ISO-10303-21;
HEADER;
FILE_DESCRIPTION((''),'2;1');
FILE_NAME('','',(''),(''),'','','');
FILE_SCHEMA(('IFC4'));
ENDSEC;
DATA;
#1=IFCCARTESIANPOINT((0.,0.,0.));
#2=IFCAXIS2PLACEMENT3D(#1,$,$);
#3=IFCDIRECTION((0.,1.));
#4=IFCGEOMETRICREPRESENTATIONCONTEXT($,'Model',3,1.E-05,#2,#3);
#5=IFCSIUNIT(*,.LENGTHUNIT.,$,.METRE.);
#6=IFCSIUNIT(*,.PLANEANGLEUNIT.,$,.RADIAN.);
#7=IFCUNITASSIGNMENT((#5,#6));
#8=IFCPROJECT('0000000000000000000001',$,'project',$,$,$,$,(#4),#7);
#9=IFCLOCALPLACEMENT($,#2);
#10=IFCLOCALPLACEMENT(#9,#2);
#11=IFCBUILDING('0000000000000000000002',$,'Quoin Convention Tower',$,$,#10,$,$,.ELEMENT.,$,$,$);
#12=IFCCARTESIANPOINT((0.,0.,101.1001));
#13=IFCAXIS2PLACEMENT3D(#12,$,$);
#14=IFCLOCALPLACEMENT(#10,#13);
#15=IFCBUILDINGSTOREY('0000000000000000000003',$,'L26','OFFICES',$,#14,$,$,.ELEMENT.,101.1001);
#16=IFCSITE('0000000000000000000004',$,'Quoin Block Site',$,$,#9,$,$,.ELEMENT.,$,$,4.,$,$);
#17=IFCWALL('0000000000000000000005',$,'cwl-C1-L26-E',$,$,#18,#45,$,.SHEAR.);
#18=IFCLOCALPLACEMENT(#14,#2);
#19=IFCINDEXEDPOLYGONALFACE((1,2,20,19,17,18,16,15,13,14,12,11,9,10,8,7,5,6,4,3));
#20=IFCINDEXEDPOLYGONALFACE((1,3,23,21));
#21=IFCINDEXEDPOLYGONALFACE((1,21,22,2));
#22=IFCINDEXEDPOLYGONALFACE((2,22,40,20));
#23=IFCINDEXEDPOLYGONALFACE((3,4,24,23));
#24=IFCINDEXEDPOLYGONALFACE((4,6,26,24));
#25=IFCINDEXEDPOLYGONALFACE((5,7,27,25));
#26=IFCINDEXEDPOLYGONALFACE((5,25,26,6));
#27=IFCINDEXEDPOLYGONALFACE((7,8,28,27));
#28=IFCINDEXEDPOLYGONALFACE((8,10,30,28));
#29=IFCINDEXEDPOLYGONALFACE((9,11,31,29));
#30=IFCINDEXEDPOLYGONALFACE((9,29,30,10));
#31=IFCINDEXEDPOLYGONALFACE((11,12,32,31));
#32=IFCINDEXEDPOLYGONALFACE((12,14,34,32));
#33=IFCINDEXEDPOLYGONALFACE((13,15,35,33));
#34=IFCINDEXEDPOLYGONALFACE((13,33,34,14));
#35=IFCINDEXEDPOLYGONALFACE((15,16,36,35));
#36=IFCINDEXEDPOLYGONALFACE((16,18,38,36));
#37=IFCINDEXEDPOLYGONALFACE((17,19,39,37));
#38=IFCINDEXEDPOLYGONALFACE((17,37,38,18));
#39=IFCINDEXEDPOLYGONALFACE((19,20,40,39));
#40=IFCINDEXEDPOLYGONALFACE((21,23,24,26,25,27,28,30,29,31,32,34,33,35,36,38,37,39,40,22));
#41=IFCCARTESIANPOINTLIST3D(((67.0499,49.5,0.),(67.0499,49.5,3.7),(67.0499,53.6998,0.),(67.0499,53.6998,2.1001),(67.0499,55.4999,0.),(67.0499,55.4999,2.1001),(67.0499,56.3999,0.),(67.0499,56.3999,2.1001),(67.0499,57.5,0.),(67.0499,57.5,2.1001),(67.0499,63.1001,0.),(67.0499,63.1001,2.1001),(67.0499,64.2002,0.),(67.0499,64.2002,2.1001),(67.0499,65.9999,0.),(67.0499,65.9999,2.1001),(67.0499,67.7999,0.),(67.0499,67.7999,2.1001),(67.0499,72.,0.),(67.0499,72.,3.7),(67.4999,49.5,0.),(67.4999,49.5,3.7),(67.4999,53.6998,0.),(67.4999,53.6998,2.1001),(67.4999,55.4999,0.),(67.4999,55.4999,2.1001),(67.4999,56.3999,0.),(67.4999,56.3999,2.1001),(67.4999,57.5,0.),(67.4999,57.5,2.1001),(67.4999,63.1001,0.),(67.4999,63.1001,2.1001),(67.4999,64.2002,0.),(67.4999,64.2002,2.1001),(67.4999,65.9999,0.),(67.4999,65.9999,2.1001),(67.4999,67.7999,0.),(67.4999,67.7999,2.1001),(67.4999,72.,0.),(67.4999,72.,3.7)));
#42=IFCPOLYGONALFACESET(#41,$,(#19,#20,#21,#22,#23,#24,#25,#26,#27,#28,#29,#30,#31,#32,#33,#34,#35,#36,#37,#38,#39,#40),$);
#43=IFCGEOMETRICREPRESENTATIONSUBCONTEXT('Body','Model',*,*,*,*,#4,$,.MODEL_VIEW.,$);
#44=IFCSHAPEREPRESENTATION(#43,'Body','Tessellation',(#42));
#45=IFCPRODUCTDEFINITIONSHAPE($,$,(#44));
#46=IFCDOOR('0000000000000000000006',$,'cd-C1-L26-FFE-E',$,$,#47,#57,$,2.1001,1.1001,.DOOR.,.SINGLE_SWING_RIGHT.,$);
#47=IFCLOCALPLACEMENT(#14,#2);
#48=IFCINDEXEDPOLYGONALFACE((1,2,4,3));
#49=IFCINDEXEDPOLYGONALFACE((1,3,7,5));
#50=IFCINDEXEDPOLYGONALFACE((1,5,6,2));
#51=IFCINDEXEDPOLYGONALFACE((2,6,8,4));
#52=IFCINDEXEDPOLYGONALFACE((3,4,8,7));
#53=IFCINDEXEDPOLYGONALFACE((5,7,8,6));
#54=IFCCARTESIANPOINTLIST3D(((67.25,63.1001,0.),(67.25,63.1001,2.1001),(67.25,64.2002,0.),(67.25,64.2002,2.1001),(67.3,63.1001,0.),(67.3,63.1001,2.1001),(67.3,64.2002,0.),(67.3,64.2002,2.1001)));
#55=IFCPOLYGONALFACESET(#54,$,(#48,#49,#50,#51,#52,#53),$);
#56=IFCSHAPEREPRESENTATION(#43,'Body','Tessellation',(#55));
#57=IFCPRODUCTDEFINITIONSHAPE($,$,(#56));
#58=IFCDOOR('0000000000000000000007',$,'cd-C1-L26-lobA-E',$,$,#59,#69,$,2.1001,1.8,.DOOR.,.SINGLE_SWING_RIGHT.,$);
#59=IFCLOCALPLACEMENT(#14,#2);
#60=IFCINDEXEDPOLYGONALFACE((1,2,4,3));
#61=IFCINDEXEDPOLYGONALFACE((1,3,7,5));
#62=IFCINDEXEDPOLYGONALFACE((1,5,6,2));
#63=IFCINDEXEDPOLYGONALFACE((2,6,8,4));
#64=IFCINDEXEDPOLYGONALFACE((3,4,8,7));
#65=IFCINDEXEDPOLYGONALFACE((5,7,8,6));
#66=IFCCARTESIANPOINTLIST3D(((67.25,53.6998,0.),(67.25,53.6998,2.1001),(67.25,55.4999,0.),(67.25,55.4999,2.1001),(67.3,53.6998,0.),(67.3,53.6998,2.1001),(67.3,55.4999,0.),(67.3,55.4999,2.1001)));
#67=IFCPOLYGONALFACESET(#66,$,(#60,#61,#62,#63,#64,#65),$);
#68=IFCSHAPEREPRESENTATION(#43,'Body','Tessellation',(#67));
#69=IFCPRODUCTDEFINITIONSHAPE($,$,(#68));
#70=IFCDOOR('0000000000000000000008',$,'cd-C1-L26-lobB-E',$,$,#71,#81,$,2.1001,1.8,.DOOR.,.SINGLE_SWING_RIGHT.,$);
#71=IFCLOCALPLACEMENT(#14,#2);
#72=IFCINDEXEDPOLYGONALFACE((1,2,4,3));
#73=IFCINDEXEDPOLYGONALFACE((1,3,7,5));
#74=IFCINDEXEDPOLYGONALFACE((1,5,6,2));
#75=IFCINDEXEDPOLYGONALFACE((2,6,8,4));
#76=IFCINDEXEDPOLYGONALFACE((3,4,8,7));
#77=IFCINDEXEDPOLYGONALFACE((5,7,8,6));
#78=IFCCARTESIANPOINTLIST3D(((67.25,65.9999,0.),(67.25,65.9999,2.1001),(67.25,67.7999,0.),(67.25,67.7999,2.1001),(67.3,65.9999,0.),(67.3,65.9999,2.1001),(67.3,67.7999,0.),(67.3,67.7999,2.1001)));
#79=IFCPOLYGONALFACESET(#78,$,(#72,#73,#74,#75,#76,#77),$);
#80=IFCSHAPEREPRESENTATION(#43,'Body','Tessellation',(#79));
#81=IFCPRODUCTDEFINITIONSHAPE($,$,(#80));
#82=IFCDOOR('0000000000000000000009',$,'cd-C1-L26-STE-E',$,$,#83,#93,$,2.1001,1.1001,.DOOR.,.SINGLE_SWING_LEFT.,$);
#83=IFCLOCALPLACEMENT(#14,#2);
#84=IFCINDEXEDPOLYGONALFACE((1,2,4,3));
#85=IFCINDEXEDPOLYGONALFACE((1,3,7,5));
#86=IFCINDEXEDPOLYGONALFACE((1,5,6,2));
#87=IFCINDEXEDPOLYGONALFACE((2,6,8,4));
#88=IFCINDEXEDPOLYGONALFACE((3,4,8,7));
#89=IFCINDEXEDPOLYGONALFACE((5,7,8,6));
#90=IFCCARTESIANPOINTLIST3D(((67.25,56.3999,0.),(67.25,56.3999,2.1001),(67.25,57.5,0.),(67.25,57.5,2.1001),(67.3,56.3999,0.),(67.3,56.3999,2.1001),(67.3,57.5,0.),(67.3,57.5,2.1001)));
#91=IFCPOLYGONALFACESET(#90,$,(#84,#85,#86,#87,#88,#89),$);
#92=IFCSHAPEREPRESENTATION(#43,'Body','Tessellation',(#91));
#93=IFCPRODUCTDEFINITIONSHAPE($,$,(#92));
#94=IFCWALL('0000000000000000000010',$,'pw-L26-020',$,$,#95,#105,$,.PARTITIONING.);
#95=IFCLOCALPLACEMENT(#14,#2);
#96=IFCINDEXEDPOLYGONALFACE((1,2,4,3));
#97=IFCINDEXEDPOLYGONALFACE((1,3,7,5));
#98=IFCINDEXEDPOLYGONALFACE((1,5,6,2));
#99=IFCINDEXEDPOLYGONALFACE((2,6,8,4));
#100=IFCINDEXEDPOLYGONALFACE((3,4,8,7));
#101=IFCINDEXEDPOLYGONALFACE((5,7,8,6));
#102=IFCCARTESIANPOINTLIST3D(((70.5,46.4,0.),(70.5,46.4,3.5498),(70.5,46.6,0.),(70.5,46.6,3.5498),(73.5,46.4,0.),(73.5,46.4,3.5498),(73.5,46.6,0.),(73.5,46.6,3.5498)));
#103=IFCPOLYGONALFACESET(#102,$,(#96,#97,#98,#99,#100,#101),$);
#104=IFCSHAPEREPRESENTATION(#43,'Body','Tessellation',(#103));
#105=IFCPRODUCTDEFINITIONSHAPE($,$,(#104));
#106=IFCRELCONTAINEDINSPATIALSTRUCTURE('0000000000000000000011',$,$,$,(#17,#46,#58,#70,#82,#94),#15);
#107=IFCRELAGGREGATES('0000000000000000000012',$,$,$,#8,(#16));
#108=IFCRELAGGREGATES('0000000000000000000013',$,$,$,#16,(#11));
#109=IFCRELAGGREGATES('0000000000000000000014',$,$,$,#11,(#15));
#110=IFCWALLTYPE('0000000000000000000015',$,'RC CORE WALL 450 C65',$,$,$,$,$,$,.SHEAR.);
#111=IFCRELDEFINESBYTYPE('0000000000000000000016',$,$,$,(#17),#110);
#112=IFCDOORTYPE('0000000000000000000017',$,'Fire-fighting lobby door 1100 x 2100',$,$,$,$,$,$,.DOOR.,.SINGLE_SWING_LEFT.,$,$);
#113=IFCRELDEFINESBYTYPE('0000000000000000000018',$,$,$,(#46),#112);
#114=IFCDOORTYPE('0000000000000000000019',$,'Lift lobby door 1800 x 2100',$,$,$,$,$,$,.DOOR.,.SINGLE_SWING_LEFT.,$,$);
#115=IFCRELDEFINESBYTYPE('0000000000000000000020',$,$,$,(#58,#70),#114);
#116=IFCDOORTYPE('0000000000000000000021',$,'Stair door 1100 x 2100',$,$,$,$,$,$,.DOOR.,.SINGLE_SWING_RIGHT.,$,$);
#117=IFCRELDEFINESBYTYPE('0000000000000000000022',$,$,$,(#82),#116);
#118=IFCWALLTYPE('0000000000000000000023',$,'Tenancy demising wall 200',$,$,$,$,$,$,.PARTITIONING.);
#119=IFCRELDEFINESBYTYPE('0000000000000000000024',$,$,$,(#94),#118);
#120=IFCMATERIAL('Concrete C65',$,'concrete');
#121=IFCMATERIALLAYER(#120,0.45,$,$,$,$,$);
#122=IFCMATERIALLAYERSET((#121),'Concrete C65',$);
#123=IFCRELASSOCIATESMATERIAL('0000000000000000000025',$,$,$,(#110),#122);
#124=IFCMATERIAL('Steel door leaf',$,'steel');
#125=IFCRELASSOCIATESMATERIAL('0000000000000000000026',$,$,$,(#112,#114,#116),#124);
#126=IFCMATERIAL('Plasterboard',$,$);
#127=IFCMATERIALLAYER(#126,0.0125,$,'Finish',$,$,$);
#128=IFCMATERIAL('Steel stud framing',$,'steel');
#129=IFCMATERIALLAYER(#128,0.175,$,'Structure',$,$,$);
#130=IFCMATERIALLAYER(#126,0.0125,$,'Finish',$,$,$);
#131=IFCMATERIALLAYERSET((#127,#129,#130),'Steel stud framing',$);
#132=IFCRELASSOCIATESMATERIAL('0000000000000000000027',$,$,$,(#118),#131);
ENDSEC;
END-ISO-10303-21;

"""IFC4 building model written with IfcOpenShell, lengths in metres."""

from ifc_helpers import new_model, si_unit, direction, frame, frame_2d, origin, place, context, subcontext, project, spatial, rectangle, extrude, material, layer, layer_set, type_object, element, fill, save


model = new_model("IFC4")

# Units and contexts
model_context = context("Model", 3, precision=1e-05, world=origin(), true_north=direction((0.0, 1.0)))
body_context = subcontext(model_context, "Body", "Model", "MODEL_VIEW")
ifc_project = project(units=[si_unit("LENGTHUNIT", "METRE"), si_unit("PLANEANGLEUNIT", "RADIAN")], contexts=[model_context])

# Site, building, storey
site_placement = place(None, origin())
site = spatial("IfcSite", under=ifc_project, at=site_placement, Name="Quoin Block Site", CompositionType="ELEMENT", RefElevation=4.0)
building_placement = place(site_placement, origin())
building = spatial("IfcBuilding", under=site, at=building_placement, Name="Quoin Convention Tower", CompositionType="ELEMENT")
storey_placement = place(building_placement, frame((0.0, 0.0, 101.1001)))
storey = spatial("IfcBuildingStorey", under=building, at=storey_placement, Name="L26", Description="OFFICES", CompositionType="ELEMENT", Elevation=101.1001)

# Shared definitions
ifc_material_1 = material(Name="Concrete C65", Category="concrete")

# Shared definitions
ifc_material_2 = material(Name="Plasterboard")
ifc_material_3 = material(Name="Steel stud framing", Category="steel")
ifc_material_4 = material(Name="Steel door leaf", Category="steel")

# Wall, openings, doors
ifc_layer_1 = layer(ifc_material_1, 0.45)
ifc_layer_set_1 = layer_set([ifc_layer_1], Name="Concrete C65")
wall_type_1 = type_object("IfcWallType", Name="RC CORE WALL 450 C65", PredefinedType="SHEAR", material=ifc_layer_set_1)
wall_1_placement = place(storey_placement, frame((67.2749, 49.5, 0.0), z_axis=(0.0, 0.0, 1.0), x_axis=(0.0, 1.0, 0.0)))
wall_1 = element("IfcWall", 1, at=wall_1_placement, inside=storey, type_object=wall_type_1, Name="cwl-C1-L26-E", PredefinedType="SHEAR", context=body_context, shape_type="SweptSolid", body=[
    extrude(rectangle(XDim=22.5, YDim=0.45, at=frame_2d((11.25, 0.0))), origin(), (0.0, 0.0, 1.0), 3.7),
])
opening_1_placement = place(wall_1_placement, frame((4.2, 0.0, 0.0)))
opening_1 = element("IfcOpeningElement", 2, at=opening_1_placement, cuts=wall_1, PredefinedType="OPENING", context=body_context, shape_type="SweptSolid", body=[
    extrude(rectangle(XDim=1.8, YDim=2.1001, at=frame_2d((0.8999, 1.05))), frame((0.0, 0.2349, 0.0), z_axis=(0.0, -1.0, 0.0), x_axis=(1.0, 0.0, 0.0)), (0.0, 0.0, 1.0), 0.47),
])
opening_2_placement = place(wall_1_placement, frame((6.8999, 0.0, 0.0)))
opening_2 = element("IfcOpeningElement", 3, at=opening_2_placement, cuts=wall_1, PredefinedType="OPENING", context=body_context, shape_type="SweptSolid", body=[
    extrude(rectangle(XDim=1.1001, YDim=2.1001, at=frame_2d((0.55, 1.05))), frame((0.0, 0.2349, 0.0), z_axis=(0.0, -1.0, 0.0), x_axis=(1.0, 0.0, 0.0)), (0.0, 0.0, 1.0), 0.47),
])
opening_3_placement = place(wall_1_placement, frame((13.6001, 0.0, 0.0)))
opening_3 = element("IfcOpeningElement", 4, at=opening_3_placement, cuts=wall_1, PredefinedType="OPENING", context=body_context, shape_type="SweptSolid", body=[
    extrude(rectangle(XDim=1.1001, YDim=2.1001, at=frame_2d((0.55, 1.05))), frame((0.0, 0.2349, 0.0), z_axis=(0.0, -1.0, 0.0), x_axis=(1.0, 0.0, 0.0)), (0.0, 0.0, 1.0), 0.47),
])
opening_4_placement = place(wall_1_placement, frame((16.5, 0.0, 0.0)))
opening_4 = element("IfcOpeningElement", 5, at=opening_4_placement, cuts=wall_1, PredefinedType="OPENING", context=body_context, shape_type="SweptSolid", body=[
    extrude(rectangle(XDim=1.8, YDim=2.1001, at=frame_2d((0.8999, 1.05))), frame((0.0, 0.2349, 0.0), z_axis=(0.0, -1.0, 0.0), x_axis=(1.0, 0.0, 0.0)), (0.0, 0.0, 1.0), 0.47),
])
door_type_1 = type_object("IfcDoorType", Name="Fire-fighting lobby door 1100 x 2100", OperationType="SINGLE_SWING_LEFT", PredefinedType="DOOR", material=ifc_material_4)
door_1_placement = place(opening_3_placement, origin())
door_1 = element("IfcDoor", 6, at=door_1_placement, inside=storey, type_object=door_type_1, Name="cd-C1-L26-FFE-E", OperationType="SINGLE_SWING_RIGHT", OverallHeight=2.1001, OverallWidth=1.1001, PredefinedType="DOOR", context=body_context, shape_type="SweptSolid", body=[
    extrude(rectangle(XDim=1.1001, YDim=2.1001, at=frame_2d((0.55, 1.05))), frame((0.0, 0.0249, 0.0), z_axis=(0.0, -1.0, 0.0), x_axis=(1.0, 0.0, 0.0)), (0.0, 0.0, 1.0), 0.05),
])
fill(opening_3, door_1)
door_type_2 = type_object("IfcDoorType", Name="Lift lobby door 1800 x 2100", OperationType="SINGLE_SWING_LEFT", PredefinedType="DOOR", material=ifc_material_4)
door_2_placement = place(opening_1_placement, origin())
door_2 = element("IfcDoor", 7, at=door_2_placement, inside=storey, type_object=door_type_2, Name="cd-C1-L26-lobA-E", OperationType="SINGLE_SWING_RIGHT", OverallHeight=2.1001, OverallWidth=1.8, PredefinedType="DOOR", context=body_context, shape_type="SweptSolid", body=[
    extrude(rectangle(XDim=1.8, YDim=2.1001, at=frame_2d((0.8999, 1.05))), frame((0.0, 0.0249, 0.0), z_axis=(0.0, -1.0, 0.0), x_axis=(1.0, 0.0, 0.0)), (0.0, 0.0, 1.0), 0.05),
])
fill(opening_1, door_2)
door_3_placement = place(opening_4_placement, origin())
door_3 = element("IfcDoor", 8, at=door_3_placement, inside=storey, type_object=door_type_2, Name="cd-C1-L26-lobB-E", OperationType="SINGLE_SWING_RIGHT", OverallHeight=2.1001, OverallWidth=1.8, PredefinedType="DOOR", context=body_context, shape_type="SweptSolid", body=[
    extrude(rectangle(XDim=1.8, YDim=2.1001, at=frame_2d((0.8999, 1.05))), frame((0.0, 0.0249, 0.0), z_axis=(0.0, -1.0, 0.0), x_axis=(1.0, 0.0, 0.0)), (0.0, 0.0, 1.0), 0.05),
])
fill(opening_4, door_3)
door_type_3 = type_object("IfcDoorType", Name="Stair door 1100 x 2100", OperationType="SINGLE_SWING_RIGHT", PredefinedType="DOOR", material=ifc_material_4)
door_4_placement = place(opening_2_placement, origin())
door_4 = element("IfcDoor", 9, at=door_4_placement, inside=storey, type_object=door_type_3, Name="cd-C1-L26-STE-E", OperationType="SINGLE_SWING_LEFT", OverallHeight=2.1001, OverallWidth=1.1001, PredefinedType="DOOR", context=body_context, shape_type="SweptSolid", body=[
    extrude(rectangle(XDim=1.1001, YDim=2.1001, at=frame_2d((0.55, 1.05))), frame((0.0, 0.0249, 0.0), z_axis=(0.0, -1.0, 0.0), x_axis=(1.0, 0.0, 0.0)), (0.0, 0.0, 1.0), 0.05),
])
fill(opening_2, door_4)

# Wall
ifc_layer_2 = layer(ifc_material_2, 0.0125, Name="Finish")
ifc_layer_3 = layer(ifc_material_3, 0.175, Name="Structure")
ifc_layer_4 = layer(ifc_material_2, 0.0125, Name="Finish")
ifc_layer_set_2 = layer_set([ifc_layer_2, ifc_layer_3, ifc_layer_4], Name="Steel stud framing")
wall_type_2 = type_object("IfcWallType", Name="Tenancy demising wall 200", PredefinedType="PARTITIONING", material=ifc_layer_set_2)
wall_2_placement = place(storey_placement, frame((70.5, 46.5, 0.0), z_axis=(0.0, 0.0, 1.0), x_axis=(1.0, 0.0, 0.0)))
element("IfcWall", 10, at=wall_2_placement, inside=storey, type_object=wall_type_2, Name="pw-L26-020", PredefinedType="PARTITIONING", context=body_context, shape_type="SweptSolid", body=[
    extrude(rectangle(XDim=3.0, YDim=0.2, at=frame_2d((1.5, 0.0))), origin(), (0.0, 0.0, 1.0), 3.5498),
])

save(model, "model.ifc")
